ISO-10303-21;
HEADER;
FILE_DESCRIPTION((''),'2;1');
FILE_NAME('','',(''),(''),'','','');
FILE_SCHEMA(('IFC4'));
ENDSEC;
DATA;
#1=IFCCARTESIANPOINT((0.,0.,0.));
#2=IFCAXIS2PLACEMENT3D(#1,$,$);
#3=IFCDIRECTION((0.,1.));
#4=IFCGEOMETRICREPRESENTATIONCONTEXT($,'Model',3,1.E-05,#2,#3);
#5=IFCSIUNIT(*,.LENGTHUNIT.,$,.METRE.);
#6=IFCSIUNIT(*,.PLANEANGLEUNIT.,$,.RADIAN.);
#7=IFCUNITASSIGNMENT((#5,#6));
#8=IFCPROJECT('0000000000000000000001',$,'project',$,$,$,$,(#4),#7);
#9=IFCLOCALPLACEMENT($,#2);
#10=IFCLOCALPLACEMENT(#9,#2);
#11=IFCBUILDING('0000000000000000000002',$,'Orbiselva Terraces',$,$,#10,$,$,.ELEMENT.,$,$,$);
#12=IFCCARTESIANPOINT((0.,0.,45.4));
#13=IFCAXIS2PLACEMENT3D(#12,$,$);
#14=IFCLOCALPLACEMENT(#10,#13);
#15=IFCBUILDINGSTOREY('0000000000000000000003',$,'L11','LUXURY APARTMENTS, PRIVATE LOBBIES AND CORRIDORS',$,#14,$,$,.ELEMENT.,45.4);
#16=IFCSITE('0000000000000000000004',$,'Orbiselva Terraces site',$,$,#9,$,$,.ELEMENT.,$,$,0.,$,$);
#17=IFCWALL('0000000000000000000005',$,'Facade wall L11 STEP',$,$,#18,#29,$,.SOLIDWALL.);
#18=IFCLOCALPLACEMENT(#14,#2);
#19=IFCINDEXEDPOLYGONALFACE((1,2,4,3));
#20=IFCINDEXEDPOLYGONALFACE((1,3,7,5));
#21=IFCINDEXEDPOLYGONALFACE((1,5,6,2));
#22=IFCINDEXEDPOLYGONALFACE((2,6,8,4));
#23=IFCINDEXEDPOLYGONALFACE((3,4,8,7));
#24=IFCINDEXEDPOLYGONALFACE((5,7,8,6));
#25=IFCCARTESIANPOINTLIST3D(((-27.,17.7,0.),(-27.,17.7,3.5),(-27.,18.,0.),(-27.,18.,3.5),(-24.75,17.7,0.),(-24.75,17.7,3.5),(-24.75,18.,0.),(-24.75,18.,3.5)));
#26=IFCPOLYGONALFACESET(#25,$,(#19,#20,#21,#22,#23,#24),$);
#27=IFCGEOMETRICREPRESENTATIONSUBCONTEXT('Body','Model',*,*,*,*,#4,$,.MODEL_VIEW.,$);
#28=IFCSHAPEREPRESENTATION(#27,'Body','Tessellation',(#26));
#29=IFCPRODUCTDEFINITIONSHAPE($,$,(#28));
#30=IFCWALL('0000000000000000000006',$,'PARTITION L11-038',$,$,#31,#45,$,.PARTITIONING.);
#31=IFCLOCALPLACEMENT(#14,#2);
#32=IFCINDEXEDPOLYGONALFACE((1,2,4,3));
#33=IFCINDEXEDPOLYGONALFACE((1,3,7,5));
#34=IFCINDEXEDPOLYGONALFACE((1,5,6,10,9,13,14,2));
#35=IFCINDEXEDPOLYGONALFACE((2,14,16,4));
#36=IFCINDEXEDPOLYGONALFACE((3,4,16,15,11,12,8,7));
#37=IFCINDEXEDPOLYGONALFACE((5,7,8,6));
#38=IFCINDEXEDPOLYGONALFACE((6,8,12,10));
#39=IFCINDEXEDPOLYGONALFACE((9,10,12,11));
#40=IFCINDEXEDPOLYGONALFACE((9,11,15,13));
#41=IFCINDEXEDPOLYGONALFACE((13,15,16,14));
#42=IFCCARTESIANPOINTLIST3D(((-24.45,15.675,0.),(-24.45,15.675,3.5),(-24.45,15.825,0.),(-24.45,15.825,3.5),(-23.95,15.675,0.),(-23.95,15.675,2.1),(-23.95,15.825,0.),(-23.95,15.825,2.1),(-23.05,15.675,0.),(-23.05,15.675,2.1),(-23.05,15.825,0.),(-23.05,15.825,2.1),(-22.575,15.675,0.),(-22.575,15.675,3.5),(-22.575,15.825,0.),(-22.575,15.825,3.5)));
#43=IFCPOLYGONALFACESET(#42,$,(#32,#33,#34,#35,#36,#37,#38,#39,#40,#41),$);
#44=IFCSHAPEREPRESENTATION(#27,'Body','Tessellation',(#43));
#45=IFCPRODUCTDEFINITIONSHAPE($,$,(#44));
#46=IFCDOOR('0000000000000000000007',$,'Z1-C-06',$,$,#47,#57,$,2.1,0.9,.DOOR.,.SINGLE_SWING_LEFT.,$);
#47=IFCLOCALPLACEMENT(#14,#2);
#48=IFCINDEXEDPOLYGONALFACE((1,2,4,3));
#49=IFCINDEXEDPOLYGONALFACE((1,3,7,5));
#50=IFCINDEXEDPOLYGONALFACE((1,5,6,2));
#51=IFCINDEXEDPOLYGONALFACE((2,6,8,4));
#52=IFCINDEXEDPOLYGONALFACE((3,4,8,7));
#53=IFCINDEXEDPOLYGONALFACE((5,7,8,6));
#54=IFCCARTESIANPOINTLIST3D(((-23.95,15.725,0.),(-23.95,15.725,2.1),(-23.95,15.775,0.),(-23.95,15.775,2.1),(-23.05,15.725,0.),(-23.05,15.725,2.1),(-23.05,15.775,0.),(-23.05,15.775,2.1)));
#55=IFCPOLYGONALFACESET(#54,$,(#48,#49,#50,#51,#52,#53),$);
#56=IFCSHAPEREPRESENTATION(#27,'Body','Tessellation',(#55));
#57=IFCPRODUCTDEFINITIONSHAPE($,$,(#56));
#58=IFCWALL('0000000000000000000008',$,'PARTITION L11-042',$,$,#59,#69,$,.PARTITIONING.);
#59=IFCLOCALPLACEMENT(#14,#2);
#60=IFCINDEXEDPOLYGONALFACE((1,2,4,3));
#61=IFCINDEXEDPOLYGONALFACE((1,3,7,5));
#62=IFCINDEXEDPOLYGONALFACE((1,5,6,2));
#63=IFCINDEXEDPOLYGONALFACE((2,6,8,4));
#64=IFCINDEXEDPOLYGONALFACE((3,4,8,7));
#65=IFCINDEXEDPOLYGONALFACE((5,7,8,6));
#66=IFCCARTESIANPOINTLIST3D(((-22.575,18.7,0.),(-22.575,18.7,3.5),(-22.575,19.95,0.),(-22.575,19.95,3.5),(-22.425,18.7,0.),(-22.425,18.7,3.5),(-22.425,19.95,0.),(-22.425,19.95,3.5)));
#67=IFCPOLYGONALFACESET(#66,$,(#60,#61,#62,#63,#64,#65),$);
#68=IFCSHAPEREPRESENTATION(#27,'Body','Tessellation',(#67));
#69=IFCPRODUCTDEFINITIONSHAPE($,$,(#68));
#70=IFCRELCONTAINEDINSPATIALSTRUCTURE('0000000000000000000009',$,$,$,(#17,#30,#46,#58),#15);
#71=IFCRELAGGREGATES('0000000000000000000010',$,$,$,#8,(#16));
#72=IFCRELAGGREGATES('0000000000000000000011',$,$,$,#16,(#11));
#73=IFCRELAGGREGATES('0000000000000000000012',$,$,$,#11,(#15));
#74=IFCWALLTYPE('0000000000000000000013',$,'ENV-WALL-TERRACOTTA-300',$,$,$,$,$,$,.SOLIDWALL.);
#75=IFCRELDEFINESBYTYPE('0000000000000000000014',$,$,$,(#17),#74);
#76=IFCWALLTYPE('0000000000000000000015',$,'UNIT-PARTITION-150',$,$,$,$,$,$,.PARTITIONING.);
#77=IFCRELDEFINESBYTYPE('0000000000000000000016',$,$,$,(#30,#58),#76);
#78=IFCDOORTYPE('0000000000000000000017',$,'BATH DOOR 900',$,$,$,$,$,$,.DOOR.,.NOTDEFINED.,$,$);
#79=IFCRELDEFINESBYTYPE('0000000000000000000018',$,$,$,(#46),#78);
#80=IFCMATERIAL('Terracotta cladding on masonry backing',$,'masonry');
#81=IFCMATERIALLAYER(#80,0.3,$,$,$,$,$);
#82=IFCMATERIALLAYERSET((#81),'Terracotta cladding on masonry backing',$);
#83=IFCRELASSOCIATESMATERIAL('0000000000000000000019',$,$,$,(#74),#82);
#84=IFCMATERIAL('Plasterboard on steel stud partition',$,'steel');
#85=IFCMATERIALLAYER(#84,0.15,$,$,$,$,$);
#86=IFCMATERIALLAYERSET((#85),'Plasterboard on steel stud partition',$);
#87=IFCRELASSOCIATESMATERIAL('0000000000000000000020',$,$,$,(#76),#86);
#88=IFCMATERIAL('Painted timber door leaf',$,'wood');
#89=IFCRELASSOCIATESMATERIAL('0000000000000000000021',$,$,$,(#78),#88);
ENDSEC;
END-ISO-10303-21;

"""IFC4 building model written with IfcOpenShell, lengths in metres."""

from ifc_helpers import new_model, si_unit, direction, frame, frame_2d, origin, place, context, subcontext, project, spatial, rectangle, extrude, material, layer, layer_set, type_object, element, fill, save


model = new_model("IFC4")

# Units and contexts
model_context = context("Model", 3, precision=1e-05, world=origin(), true_north=direction((0.0, 1.0)))
body_context = subcontext(model_context, "Body", "Model", "MODEL_VIEW")
ifc_project = project(units=[si_unit("LENGTHUNIT", "METRE"), si_unit("PLANEANGLEUNIT", "RADIAN")], contexts=[model_context])

# Site, building, storey
site_placement = place(None, origin())
site = spatial("IfcSite", under=ifc_project, at=site_placement, Name="Orbiselva Terraces site", CompositionType="ELEMENT", RefElevation=0.0)
building_placement = place(site_placement, origin())
building = spatial("IfcBuilding", under=site, at=building_placement, Name="Orbiselva Terraces", CompositionType="ELEMENT")
storey_placement = place(building_placement, frame((0.0, 0.0, 45.4)))
storey = spatial("IfcBuildingStorey", under=building, at=storey_placement, Name="L11", Description="LUXURY APARTMENTS, PRIVATE LOBBIES AND CORRIDORS", CompositionType="ELEMENT", Elevation=45.4)

# Shared definitions
ifc_material_1 = material(Name="Terracotta cladding on masonry backing", Category="masonry")
ifc_layer_1 = layer(ifc_material_1, 0.3)
ifc_layer_set_1 = layer_set([ifc_layer_1], Name="Terracotta cladding on masonry backing")
wall_type_1 = type_object("IfcWallType", Name="ENV-WALL-TERRACOTTA-300", PredefinedType="SOLIDWALL", material=ifc_layer_set_1)

# Wall
wall_1_placement = place(storey_placement, frame((-27.0, 17.85, 0.0), z_axis=(0.0, 0.0, 1.0), x_axis=(1.0, 0.0, 0.0)))
element("IfcWall", 1, at=wall_1_placement, inside=storey, type_object=wall_type_1, Name="Facade wall L11 STEP", PredefinedType="SOLIDWALL", context=body_context, shape_type="SweptSolid", body=[
    extrude(rectangle(XDim=2.25, YDim=0.3, at=frame_2d((1.125, 0.0))), origin(), (0.0, 0.0, 1.0), 3.5),
])

# Wall, opening, door
ifc_material_2 = material(Name="Plasterboard on steel stud partition", Category="steel")
ifc_layer_2 = layer(ifc_material_2, 0.15)
ifc_layer_set_2 = layer_set([ifc_layer_2], Name="Plasterboard on steel stud partition")
wall_type_2 = type_object("IfcWallType", Name="UNIT-PARTITION-150", PredefinedType="PARTITIONING", material=ifc_layer_set_2)
wall_2_placement = place(storey_placement, frame((-22.575, 15.75, 0.0), z_axis=(0.0, 0.0, 1.0), x_axis=(-1.0, 0.0, 0.0)))
wall_2 = element("IfcWall", 2, at=wall_2_placement, inside=storey, type_object=wall_type_2, Name="PARTITION L11-038", PredefinedType="PARTITIONING", context=body_context, shape_type="SweptSolid", body=[
    extrude(rectangle(XDim=1.875, YDim=0.15, at=frame_2d((0.9375, 0.0))), origin(), (0.0, 0.0, 1.0), 3.5),
])
opening_1_placement = place(wall_2_placement, frame((0.475, 0.0, 0.0)))
opening_1 = element("IfcOpeningElement", 3, at=opening_1_placement, cuts=wall_2, PredefinedType="OPENING", context=body_context, shape_type="SweptSolid", body=[
    extrude(rectangle(XDim=0.9, YDim=2.1, at=frame_2d((0.45, 1.05))), frame((0.0, 0.085, 0.0), z_axis=(0.0, -1.0, 0.0), x_axis=(1.0, 0.0, 0.0)), (0.0, 0.0, 1.0), 0.17),
])
ifc_material_3 = material(Name="Painted timber door leaf", Category="wood")
door_type_1 = type_object("IfcDoorType", Name="BATH DOOR 900", OperationType="NOTDEFINED", PredefinedType="DOOR", material=ifc_material_3)
door_1_placement = place(opening_1_placement, origin())
door_1 = element("IfcDoor", 4, at=door_1_placement, inside=storey, type_object=door_type_1, Name="Z1-C-06", OperationType="SINGLE_SWING_LEFT", OverallHeight=2.1, OverallWidth=0.9, PredefinedType="DOOR", context=body_context, shape_type="SweptSolid", body=[
    extrude(rectangle(XDim=0.9, YDim=2.1, at=frame_2d((0.45, 1.05))), frame((0.0, 0.025, 0.0), z_axis=(0.0, -1.0, 0.0), x_axis=(1.0, 0.0, 0.0)), (0.0, 0.0, 1.0), 0.05),
])
fill(opening_1, door_1)

# Wall
wall_3_placement = place(storey_placement, frame((-22.5, 18.7, 0.0), z_axis=(0.0, 0.0, 1.0), x_axis=(0.0, 1.0, 0.0)))
element("IfcWall", 5, at=wall_3_placement, inside=storey, type_object=wall_type_2, Name="PARTITION L11-042", PredefinedType="PARTITIONING", context=body_context, shape_type="SweptSolid", body=[
    extrude(rectangle(XDim=1.25, YDim=0.15, at=frame_2d((0.625, 0.0))), origin(), (0.0, 0.0, 1.0), 3.5),
])

save(model, "model.ifc")
